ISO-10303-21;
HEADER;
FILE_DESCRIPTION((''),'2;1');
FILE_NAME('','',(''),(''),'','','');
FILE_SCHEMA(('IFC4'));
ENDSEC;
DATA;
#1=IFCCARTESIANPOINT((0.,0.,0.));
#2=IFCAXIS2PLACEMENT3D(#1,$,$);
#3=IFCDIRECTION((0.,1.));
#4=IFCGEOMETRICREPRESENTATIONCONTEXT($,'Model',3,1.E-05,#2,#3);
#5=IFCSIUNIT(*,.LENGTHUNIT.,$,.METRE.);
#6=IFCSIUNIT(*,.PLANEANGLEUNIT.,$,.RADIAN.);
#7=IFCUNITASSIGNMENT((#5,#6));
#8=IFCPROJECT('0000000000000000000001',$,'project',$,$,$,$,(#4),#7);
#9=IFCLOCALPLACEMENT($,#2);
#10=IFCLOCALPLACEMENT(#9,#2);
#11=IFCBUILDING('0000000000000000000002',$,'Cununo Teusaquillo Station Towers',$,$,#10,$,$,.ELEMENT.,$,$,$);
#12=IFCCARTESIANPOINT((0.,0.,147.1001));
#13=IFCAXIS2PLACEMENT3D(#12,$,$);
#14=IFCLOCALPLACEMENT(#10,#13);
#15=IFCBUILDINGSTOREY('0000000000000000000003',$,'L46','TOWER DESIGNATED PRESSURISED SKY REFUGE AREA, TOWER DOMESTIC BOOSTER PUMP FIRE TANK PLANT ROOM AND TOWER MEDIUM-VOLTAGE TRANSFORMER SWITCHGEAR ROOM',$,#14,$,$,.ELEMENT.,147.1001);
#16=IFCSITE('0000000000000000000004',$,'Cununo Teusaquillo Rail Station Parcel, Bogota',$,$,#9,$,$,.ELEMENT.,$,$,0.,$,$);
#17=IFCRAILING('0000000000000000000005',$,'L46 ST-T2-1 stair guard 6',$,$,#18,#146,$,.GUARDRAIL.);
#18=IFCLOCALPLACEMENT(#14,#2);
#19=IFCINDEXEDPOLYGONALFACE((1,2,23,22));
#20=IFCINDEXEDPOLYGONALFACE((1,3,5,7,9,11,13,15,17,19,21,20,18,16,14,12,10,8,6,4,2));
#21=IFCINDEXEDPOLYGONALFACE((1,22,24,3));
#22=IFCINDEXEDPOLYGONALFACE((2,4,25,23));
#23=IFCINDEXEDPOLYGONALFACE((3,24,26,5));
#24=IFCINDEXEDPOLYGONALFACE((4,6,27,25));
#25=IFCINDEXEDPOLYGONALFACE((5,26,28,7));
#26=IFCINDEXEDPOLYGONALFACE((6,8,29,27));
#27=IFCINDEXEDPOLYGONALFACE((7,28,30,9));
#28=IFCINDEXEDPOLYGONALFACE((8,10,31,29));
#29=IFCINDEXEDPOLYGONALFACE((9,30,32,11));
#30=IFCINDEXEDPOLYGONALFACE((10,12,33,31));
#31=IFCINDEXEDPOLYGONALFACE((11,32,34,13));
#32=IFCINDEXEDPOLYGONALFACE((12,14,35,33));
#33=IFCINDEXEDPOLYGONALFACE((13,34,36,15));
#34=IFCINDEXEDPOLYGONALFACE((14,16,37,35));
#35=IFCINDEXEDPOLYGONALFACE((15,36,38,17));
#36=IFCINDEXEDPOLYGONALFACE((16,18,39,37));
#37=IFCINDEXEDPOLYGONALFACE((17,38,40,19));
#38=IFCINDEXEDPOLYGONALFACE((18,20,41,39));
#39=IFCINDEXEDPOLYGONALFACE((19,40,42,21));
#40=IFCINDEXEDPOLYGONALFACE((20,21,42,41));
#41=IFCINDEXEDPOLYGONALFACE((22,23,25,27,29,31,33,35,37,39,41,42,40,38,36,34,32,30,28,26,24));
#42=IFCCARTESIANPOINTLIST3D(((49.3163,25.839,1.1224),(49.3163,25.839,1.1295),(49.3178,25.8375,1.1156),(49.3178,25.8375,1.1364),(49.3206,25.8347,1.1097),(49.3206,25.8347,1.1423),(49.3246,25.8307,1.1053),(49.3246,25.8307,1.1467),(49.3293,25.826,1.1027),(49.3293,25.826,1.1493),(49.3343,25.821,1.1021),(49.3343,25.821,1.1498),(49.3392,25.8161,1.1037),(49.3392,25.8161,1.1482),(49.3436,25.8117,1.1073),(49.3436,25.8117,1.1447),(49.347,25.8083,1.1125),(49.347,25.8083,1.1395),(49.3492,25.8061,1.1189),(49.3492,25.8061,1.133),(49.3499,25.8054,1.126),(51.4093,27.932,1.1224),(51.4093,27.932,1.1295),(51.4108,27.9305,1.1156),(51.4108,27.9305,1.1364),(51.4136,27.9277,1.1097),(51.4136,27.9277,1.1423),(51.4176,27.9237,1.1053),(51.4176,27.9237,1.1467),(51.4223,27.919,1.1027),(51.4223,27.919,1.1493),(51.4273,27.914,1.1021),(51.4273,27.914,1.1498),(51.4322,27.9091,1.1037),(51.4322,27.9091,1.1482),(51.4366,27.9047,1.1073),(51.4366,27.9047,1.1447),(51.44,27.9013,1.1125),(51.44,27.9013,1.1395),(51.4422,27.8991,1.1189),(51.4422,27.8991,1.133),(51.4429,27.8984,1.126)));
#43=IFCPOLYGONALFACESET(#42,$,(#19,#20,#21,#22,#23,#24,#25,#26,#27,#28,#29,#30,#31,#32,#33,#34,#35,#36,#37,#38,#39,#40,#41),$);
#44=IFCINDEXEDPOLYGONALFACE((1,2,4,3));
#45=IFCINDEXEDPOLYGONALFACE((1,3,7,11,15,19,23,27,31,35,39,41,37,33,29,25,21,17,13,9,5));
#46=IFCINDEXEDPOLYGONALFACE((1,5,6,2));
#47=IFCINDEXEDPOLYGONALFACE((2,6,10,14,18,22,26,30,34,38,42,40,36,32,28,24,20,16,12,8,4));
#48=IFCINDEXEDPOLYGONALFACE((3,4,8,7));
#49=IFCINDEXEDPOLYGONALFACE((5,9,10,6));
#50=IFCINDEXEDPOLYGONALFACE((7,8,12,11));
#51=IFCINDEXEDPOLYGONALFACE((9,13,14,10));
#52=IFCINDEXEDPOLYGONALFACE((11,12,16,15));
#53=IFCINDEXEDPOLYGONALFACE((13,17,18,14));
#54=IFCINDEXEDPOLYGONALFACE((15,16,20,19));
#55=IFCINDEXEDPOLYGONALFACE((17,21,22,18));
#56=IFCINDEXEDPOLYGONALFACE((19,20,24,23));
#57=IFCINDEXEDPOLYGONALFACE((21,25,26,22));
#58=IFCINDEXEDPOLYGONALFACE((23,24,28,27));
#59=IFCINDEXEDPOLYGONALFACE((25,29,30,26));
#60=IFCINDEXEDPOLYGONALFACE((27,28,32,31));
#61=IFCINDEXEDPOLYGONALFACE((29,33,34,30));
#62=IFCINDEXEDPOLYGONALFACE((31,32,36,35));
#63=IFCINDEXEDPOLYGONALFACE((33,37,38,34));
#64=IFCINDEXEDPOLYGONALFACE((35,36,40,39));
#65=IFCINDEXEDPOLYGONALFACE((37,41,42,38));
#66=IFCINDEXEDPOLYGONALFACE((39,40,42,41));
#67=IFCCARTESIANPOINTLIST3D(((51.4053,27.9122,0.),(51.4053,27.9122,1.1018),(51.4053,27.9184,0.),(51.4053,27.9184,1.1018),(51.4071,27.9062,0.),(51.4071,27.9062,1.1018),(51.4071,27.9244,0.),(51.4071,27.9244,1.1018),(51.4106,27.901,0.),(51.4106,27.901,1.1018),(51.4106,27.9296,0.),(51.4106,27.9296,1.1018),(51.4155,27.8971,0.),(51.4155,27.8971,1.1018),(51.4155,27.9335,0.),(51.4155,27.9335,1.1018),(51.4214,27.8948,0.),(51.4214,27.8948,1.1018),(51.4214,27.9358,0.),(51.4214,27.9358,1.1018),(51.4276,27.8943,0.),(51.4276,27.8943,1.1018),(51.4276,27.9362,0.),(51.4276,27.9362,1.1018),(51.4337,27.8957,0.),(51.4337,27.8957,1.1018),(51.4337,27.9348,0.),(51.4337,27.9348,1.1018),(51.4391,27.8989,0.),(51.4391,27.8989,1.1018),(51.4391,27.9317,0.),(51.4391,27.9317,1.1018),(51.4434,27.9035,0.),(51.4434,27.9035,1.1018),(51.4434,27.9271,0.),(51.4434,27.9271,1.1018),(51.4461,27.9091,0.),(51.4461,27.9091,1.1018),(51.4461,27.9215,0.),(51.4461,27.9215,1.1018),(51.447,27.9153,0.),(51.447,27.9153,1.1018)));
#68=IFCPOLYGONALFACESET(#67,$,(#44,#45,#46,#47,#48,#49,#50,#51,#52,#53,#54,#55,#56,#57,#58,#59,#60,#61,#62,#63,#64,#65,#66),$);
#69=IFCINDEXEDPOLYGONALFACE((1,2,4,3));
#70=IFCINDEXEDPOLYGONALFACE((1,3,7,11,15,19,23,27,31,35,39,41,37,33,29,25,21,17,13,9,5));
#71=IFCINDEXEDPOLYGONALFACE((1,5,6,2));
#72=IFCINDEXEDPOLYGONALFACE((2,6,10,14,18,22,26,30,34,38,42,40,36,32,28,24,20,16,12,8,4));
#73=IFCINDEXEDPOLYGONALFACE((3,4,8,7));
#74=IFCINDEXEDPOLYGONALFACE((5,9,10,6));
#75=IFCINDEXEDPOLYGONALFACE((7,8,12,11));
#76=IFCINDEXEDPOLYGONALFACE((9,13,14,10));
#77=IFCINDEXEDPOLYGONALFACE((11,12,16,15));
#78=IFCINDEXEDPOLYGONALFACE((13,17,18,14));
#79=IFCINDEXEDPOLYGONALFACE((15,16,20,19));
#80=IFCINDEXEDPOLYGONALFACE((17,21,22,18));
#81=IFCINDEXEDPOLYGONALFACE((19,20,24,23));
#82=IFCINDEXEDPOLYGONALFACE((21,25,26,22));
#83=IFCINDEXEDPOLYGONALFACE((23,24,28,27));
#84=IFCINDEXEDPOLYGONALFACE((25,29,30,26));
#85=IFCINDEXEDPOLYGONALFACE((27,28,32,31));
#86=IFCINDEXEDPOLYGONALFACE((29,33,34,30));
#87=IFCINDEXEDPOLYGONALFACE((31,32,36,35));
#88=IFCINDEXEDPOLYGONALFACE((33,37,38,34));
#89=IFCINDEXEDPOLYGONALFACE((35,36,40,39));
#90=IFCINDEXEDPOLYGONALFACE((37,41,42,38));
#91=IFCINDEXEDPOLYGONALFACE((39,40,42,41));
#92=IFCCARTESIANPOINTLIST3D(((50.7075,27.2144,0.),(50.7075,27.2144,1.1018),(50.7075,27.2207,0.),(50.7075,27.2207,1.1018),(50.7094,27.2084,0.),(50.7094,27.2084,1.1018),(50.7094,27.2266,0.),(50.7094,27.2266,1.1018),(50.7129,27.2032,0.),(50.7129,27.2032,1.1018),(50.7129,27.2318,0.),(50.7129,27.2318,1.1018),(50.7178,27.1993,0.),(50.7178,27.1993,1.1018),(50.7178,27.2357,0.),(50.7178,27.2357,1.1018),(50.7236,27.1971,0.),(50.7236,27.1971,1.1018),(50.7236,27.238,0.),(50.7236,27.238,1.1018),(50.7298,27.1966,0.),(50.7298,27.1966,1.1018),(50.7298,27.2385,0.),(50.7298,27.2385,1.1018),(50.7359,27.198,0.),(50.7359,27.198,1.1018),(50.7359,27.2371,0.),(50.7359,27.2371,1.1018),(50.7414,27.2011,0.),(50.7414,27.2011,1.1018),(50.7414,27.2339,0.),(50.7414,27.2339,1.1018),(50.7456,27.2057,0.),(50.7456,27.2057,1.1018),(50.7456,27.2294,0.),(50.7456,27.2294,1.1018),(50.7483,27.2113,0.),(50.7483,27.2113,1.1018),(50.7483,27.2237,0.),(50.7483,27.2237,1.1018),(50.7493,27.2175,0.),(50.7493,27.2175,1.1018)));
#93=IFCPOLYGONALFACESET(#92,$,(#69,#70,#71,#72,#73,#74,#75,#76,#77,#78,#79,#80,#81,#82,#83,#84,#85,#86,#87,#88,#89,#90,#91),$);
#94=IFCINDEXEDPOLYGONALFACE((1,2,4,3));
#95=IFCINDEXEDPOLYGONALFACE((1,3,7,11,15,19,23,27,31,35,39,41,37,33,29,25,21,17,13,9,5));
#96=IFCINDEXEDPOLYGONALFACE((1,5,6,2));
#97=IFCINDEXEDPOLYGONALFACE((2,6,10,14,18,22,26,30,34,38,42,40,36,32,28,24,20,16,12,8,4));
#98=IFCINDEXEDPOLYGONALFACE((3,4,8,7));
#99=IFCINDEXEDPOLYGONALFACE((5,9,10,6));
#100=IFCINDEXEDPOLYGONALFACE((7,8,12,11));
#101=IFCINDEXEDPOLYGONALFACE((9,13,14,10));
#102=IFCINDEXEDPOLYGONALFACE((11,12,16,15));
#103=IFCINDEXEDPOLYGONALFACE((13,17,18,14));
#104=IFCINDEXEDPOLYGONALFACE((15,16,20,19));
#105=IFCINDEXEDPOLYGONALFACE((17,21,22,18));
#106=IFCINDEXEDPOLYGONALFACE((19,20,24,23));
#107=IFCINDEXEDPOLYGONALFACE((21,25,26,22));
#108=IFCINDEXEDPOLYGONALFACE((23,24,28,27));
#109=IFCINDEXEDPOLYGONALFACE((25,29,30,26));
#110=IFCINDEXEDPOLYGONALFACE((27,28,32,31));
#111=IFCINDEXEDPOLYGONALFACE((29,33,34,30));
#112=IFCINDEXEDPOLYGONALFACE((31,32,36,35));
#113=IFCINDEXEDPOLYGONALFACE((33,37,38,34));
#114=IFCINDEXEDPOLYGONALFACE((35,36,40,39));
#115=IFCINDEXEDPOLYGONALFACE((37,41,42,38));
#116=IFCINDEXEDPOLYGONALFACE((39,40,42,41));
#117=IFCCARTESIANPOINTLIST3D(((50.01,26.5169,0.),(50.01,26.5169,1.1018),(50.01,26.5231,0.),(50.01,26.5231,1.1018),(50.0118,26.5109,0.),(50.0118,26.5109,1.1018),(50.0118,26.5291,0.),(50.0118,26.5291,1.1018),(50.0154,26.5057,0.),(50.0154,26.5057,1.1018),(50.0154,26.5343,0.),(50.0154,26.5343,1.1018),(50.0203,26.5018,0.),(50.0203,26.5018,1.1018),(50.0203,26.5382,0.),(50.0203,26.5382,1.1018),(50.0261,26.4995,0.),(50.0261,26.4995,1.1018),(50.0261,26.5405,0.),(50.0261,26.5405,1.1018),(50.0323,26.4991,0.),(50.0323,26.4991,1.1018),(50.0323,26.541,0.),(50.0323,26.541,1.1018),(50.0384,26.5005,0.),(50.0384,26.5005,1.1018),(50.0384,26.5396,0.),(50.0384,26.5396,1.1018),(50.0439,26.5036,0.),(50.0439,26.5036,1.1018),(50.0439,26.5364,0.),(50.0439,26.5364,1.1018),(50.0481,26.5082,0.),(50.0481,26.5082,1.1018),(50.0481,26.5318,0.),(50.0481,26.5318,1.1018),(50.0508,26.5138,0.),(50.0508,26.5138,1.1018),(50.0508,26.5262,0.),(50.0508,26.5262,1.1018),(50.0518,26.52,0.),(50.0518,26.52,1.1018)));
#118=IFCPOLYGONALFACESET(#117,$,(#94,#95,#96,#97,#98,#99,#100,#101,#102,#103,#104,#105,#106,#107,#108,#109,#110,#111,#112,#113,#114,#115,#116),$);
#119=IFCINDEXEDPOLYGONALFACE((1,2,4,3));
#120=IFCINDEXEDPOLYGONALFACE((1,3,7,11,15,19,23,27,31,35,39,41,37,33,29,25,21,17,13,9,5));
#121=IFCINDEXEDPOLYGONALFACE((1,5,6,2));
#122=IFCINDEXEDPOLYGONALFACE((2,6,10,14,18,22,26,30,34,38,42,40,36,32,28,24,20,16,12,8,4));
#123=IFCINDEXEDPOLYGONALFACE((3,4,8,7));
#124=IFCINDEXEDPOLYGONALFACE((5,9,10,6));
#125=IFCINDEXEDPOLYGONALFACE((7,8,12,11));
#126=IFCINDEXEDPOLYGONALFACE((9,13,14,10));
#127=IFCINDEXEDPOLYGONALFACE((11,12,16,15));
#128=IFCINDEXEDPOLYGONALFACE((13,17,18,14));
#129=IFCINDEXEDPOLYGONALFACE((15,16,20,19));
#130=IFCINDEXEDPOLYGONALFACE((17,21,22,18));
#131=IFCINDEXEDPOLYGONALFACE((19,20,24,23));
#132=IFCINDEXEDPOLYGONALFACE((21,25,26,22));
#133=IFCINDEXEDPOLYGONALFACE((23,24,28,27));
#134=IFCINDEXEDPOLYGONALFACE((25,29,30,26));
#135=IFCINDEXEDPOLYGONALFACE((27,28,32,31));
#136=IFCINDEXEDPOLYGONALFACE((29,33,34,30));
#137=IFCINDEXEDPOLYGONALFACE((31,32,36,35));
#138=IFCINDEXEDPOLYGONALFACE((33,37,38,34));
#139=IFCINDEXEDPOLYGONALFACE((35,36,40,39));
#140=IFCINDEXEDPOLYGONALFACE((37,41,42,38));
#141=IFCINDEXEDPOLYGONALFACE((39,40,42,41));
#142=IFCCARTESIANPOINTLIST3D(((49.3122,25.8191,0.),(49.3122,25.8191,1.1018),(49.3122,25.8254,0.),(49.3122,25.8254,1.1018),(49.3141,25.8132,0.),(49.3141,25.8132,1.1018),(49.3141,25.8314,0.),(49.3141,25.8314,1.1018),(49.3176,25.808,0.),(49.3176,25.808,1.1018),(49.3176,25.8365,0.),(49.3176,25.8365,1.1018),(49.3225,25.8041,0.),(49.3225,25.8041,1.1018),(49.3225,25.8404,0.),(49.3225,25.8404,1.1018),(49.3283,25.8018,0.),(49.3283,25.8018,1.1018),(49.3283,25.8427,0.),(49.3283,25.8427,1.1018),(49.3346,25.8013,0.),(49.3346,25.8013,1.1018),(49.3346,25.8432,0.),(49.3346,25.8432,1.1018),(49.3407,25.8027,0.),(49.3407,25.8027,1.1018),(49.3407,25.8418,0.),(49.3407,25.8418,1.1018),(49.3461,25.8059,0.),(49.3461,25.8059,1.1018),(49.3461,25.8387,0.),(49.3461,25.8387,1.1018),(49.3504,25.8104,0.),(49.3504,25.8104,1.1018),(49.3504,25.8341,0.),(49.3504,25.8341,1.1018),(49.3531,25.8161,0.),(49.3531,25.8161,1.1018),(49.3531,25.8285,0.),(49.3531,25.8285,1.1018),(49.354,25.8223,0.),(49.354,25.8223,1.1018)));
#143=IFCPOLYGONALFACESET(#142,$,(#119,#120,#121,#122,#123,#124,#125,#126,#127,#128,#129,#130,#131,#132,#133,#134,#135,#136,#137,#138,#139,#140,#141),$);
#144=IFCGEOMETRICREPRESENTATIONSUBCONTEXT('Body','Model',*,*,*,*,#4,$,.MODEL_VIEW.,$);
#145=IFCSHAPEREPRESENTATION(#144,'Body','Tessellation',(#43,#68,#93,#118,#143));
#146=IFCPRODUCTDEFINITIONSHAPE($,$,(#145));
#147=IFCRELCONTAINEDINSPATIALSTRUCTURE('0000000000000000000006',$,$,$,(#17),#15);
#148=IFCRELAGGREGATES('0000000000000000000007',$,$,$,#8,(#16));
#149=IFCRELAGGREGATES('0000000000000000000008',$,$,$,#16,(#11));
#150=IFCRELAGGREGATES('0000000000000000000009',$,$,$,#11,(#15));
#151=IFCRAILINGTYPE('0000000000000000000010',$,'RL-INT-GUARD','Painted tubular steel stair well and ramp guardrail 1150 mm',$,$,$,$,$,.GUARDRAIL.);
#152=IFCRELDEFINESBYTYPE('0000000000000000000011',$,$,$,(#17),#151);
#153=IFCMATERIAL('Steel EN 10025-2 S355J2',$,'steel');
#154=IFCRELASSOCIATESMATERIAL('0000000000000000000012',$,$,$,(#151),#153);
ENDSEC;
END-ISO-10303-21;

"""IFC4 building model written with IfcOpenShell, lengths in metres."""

from ifc_helpers import new_model, si_unit, direction, frame, origin, origin_2d, place, context, subcontext, project, spatial, circle, extrude, material, type_object, element, save


model = new_model("IFC4")

# Units and contexts
model_context = context("Model", 3, precision=1e-05, world=origin(), true_north=direction((0.0, 1.0)))
body_context = subcontext(model_context, "Body", "Model", "MODEL_VIEW")
ifc_project = project(units=[si_unit("LENGTHUNIT", "METRE"), si_unit("PLANEANGLEUNIT", "RADIAN")], contexts=[model_context])

# Site, building, storey
site_placement = place(None, origin())
site = spatial("IfcSite", under=ifc_project, at=site_placement, Name="Cununo Teusaquillo Rail Station Parcel, Bogota", CompositionType="ELEMENT", RefElevation=0.0)
building_placement = place(site_placement, origin())
building = spatial("IfcBuilding", under=site, at=building_placement, Name="Cununo Teusaquillo Station Towers", CompositionType="ELEMENT")
storey_placement = place(building_placement, frame((0.0, 0.0, 147.1001)))
storey = spatial("IfcBuildingStorey", under=building, at=storey_placement, Name="L46", Description="TOWER DESIGNATED PRESSURISED SKY REFUGE AREA, TOWER DOMESTIC BOOSTER PUMP FIRE TANK PLANT ROOM AND TOWER MEDIUM-VOLTAGE TRANSFORMER SWITCHGEAR ROOM", CompositionType="ELEMENT", Elevation=147.1001)

# Railing
ifc_material_1 = material(Name="Steel EN 10025-2 S355J2", Category="steel")
railing_type = type_object("IfcRailingType", Name="RL-INT-GUARD", Description="Painted tubular steel stair well and ramp guardrail 1150 mm", PredefinedType="GUARDRAIL", material=ifc_material_1)
railing_1_placement = place(storey_placement, frame((51.426, 27.9153, 0.0)))
element("IfcRailing", 1, at=railing_1_placement, inside=storey, type_object=railing_type, Name="L46 ST-T2-1 stair guard 6", PredefinedType="GUARDRAIL", context=body_context, shape_type="SweptSolid", body=[
    extrude(circle(Radius=0.0239, at=origin_2d()), frame((0.0, 0.0, 1.126), z_axis=(-0.707107, -0.707107, 0.0), x_axis=(0.707107, -0.707107, 0.0)), (0.0, 0.0, 1.0), 2.96),
    extrude(circle(Radius=0.021, at=origin_2d()), origin(), (0.0, 0.0, 1.0), 1.1018),
    extrude(circle(Radius=0.021, at=origin_2d()), frame((-0.6978, -0.6978, 0.0)), (0.0, 0.0, 1.0), 1.1018),
    extrude(circle(Radius=0.021, at=origin_2d()), frame((-1.3953, -1.3953, 0.0)), (0.0, 0.0, 1.0), 1.1018),
    extrude(circle(Radius=0.021, at=origin_2d()), frame((-2.093, -2.093, 0.0)), (0.0, 0.0, 1.0), 1.1018),
])

save(model, "model.ifc")
